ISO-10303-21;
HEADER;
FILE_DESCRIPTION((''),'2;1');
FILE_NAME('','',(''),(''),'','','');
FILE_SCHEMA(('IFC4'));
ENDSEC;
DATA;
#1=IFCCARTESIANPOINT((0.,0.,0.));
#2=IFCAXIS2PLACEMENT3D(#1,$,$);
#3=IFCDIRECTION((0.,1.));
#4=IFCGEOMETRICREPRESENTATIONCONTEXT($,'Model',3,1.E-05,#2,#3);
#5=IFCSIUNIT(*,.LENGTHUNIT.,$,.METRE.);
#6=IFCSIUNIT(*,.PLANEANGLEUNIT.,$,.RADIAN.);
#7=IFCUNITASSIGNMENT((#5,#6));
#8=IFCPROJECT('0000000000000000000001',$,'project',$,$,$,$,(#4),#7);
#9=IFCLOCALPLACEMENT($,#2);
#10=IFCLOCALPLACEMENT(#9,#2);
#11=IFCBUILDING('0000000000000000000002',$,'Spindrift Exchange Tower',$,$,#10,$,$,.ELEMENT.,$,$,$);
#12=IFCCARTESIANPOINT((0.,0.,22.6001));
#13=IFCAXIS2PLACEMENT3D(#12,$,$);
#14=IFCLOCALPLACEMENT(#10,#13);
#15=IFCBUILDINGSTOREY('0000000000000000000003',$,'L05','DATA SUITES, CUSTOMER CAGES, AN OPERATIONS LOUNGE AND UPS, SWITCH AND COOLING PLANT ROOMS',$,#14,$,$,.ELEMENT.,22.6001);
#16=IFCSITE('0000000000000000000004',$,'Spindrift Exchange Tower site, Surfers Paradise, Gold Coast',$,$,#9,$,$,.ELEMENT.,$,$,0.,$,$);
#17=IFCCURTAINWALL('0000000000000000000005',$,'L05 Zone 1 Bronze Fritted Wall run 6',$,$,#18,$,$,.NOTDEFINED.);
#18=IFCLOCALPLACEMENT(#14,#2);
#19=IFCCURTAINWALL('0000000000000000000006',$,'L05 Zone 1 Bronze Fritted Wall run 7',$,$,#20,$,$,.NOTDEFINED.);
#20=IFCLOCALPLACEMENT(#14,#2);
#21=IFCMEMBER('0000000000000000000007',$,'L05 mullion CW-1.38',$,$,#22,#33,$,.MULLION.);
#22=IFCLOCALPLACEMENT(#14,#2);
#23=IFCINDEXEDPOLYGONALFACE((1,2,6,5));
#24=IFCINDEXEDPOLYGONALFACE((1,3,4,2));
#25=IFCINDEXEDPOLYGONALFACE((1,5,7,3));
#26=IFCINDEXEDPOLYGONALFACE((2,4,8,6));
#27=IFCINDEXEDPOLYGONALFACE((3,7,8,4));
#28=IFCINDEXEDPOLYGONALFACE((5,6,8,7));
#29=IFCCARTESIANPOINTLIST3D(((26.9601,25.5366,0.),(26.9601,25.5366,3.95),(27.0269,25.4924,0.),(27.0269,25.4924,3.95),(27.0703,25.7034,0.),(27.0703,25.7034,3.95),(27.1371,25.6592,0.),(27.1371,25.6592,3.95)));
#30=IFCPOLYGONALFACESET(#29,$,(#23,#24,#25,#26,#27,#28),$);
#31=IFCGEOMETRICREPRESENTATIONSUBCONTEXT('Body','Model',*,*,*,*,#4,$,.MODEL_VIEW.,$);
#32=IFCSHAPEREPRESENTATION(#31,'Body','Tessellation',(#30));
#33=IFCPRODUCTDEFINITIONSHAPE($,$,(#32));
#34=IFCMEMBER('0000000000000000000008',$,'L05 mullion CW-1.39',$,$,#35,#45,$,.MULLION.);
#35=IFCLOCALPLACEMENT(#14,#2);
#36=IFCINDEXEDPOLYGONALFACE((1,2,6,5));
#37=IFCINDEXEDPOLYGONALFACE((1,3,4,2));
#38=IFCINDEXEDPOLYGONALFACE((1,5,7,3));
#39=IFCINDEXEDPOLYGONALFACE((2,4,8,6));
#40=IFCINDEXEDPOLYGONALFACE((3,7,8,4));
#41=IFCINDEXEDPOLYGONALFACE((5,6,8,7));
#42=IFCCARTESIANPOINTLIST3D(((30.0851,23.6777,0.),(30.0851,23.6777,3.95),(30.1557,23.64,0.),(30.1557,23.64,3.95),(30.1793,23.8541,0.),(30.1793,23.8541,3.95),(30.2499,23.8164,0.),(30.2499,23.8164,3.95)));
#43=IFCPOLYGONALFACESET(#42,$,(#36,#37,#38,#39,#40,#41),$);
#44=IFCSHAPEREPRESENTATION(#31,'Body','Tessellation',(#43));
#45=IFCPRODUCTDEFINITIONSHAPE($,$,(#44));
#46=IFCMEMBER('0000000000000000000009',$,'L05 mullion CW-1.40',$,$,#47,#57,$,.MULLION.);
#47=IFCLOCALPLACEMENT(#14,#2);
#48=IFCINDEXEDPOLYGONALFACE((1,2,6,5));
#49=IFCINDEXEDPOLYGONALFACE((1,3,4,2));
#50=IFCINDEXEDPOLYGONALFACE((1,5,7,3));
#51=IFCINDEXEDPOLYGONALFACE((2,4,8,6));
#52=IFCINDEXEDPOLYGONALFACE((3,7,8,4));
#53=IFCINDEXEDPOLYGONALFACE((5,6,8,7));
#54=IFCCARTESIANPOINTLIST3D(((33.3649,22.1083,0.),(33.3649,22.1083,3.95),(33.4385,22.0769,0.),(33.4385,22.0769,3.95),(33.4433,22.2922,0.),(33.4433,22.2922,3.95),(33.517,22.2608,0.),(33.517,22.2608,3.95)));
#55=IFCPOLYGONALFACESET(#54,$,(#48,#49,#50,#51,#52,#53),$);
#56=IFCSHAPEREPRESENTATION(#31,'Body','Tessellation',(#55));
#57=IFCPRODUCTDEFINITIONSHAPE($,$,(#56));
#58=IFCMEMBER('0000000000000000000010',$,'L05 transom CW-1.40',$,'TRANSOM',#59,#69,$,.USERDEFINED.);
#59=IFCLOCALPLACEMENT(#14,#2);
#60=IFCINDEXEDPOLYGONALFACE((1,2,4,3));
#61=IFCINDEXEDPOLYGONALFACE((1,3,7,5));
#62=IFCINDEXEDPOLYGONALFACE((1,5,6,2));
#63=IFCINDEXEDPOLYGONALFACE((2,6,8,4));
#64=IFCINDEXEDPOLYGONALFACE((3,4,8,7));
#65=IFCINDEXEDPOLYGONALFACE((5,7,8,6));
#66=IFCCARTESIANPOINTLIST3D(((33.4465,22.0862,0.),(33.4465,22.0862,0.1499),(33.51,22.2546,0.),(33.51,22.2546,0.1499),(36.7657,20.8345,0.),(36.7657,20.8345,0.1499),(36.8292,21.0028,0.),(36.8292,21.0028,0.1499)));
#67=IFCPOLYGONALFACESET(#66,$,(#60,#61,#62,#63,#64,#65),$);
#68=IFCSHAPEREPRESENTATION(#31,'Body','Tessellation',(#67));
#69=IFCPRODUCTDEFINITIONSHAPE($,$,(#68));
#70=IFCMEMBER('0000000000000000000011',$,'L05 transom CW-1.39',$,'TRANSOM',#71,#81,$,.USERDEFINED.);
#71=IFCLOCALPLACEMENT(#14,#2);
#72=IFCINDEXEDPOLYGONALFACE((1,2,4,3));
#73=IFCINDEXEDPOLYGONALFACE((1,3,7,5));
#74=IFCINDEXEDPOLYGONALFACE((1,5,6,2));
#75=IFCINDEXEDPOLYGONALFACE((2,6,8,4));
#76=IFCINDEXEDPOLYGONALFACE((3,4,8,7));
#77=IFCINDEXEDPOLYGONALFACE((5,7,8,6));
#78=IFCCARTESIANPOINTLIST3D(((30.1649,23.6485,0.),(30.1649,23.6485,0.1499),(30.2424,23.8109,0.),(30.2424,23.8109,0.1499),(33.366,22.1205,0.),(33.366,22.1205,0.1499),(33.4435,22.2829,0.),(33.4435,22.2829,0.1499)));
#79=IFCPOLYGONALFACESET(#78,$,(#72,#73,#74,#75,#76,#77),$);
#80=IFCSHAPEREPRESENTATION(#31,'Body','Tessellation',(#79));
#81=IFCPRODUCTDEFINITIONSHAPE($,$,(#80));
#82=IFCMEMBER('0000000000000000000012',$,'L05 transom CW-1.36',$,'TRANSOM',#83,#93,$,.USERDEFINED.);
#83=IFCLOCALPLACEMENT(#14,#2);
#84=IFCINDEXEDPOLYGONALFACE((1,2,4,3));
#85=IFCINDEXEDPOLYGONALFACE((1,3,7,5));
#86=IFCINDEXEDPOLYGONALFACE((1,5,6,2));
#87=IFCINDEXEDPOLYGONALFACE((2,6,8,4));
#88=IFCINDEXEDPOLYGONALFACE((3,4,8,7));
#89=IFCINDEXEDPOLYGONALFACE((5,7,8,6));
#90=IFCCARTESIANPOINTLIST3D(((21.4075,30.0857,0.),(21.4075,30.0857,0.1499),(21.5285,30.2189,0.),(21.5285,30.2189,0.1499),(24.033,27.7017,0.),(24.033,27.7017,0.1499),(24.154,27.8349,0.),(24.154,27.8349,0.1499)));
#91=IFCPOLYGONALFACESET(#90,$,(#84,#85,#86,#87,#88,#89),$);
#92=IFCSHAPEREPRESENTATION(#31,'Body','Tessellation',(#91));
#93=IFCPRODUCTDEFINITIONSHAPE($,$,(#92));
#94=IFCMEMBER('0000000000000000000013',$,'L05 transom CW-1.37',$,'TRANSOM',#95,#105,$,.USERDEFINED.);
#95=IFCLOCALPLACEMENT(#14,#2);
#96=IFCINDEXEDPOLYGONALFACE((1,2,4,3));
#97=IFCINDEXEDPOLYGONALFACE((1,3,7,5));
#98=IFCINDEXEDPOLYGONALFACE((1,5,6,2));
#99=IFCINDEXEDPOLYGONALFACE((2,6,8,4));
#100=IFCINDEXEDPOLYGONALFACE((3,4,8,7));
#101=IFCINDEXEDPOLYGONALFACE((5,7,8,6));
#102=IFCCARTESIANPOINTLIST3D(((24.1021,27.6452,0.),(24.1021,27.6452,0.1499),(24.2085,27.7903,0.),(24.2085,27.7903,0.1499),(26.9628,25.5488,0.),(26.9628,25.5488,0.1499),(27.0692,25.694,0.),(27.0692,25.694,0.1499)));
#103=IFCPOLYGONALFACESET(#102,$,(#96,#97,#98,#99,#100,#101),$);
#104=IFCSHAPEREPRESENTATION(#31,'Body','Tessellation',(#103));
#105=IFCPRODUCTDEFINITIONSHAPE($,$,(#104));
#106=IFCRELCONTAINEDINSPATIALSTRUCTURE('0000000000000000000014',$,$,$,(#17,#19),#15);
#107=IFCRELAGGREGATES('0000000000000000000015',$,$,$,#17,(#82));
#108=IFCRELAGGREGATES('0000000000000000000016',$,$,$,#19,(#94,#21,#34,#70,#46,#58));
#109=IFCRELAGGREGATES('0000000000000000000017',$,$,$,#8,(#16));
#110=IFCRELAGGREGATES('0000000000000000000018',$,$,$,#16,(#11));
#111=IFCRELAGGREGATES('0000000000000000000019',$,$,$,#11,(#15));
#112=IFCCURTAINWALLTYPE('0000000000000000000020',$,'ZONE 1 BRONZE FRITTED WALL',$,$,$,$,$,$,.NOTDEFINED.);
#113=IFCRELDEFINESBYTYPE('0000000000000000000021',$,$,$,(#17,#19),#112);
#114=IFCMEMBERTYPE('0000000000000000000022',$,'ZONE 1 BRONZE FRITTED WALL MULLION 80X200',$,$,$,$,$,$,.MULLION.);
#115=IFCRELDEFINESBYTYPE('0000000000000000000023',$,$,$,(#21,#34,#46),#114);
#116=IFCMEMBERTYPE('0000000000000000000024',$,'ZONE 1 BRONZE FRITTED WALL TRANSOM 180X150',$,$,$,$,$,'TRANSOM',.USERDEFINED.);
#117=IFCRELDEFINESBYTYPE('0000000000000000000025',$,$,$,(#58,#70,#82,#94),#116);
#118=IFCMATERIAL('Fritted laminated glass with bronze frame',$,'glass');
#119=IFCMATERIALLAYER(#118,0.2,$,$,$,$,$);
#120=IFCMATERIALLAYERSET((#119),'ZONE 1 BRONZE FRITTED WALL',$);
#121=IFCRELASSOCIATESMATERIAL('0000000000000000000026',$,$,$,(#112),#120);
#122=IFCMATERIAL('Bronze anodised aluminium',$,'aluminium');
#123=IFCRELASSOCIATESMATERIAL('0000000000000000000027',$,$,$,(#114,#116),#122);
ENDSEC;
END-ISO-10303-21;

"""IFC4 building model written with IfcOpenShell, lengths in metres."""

from ifc_helpers import new_model, si_unit, direction, frame, origin, origin_2d, place, context, subcontext, project, spatial, rectangle, extrude, source, transform, mapped, material, layer, layer_set, material_profile, profile_set, type_object, element, aggregate, save


model = new_model("IFC4")

# Units and contexts
model_context = context("Model", 3, precision=1e-05, world=origin(), true_north=direction((0.0, 1.0)))
body_context = subcontext(model_context, "Body", "Model", "MODEL_VIEW")
ifc_project = project(units=[si_unit("LENGTHUNIT", "METRE"), si_unit("PLANEANGLEUNIT", "RADIAN")], contexts=[model_context])

# Site, building, storey
site_placement = place(None, origin())
site = spatial("IfcSite", under=ifc_project, at=site_placement, Name="Spindrift Exchange Tower site, Surfers Paradise, Gold Coast", CompositionType="ELEMENT", RefElevation=0.0)
building_placement = place(site_placement, origin())
building = spatial("IfcBuilding", under=site, at=building_placement, Name="Spindrift Exchange Tower", CompositionType="ELEMENT")
storey_placement = place(building_placement, frame((0.0, 0.0, 22.6001)))
storey = spatial("IfcBuildingStorey", under=building, at=storey_placement, Name="L05", Description="DATA SUITES, CUSTOMER CAGES, AN OPERATIONS LOUNGE AND UPS, SWITCH AND COOLING PLANT ROOMS", CompositionType="ELEMENT", Elevation=22.6001)

# Curtain walls, members
ifc_material_1 = material(Name="Fritted laminated glass with bronze frame", Category="glass")
ifc_layer_1 = layer(ifc_material_1, 0.2)
ifc_layer_set_1 = layer_set([ifc_layer_1], Name="ZONE 1 BRONZE FRITTED WALL")
curtain_wall_type = type_object("IfcCurtainWallType", Name="ZONE 1 BRONZE FRITTED WALL", PredefinedType="NOTDEFINED", material=ifc_layer_set_1)
curtain_wall_1_placement = place(storey_placement, origin())
curtain_wall_1 = element("IfcCurtainWall", 1, at=curtain_wall_1_placement, inside=storey, type_object=curtain_wall_type, Name="L05 Zone 1 Bronze Fritted Wall run 6", PredefinedType="NOTDEFINED")
ifc_material_2 = material(Name="Bronze anodised aluminium", Category="aluminium")
ifc_material_profile_1 = material_profile(ifc_material_2, rectangle(XDim=0.0801, YDim=0.2, at=origin_2d()), Name="ZONE 1 BRONZE FRITTED WALL MULLION 80X200")
ifc_profile_set_1 = profile_set([ifc_material_profile_1], Name="Bronze anodised aluminium")
member_type_1 = type_object("IfcMemberType", Name="ZONE 1 BRONZE FRITTED WALL MULLION 80X200", PredefinedType="MULLION", material=ifc_profile_set_1)
shared_shape_1 = source(origin(), body_context, "Body", "SweptSolid", [
    extrude(rectangle(XDim=0.0801, YDim=0.2, at=origin_2d()), origin(), (0.0, 0.0, 1.0), 3.95),
])
curtain_wall_2_placement = place(storey_placement, origin())
curtain_wall_2 = element("IfcCurtainWall", 2, at=curtain_wall_2_placement, inside=storey, type_object=curtain_wall_type, Name="L05 Zone 1 Bronze Fritted Wall run 7", PredefinedType="NOTDEFINED")
member_1_placement = place(storey_placement, frame((27.0486, 25.5979, 0.0), z_axis=(0.0, 0.0, 1.0), x_axis=(0.834296, -0.551317, 0.0)))
member_1 = element("IfcMember", 3, at=member_1_placement, type_object=member_type_1, Name="L05 mullion CW-1.38", PredefinedType="MULLION", context=body_context, shape_type="MappedRepresentation", body=[
    mapped(shared_shape_1, transform((0.0, 0.0, 0.0), scale=1.0)),
])
member_2_placement = place(storey_placement, frame((30.1675, 23.7471, 0.0), z_axis=(0.0, 0.0, 1.0), x_axis=(0.882122, -0.471021, 0.0)))
member_2 = element("IfcMember", 4, at=member_2_placement, type_object=member_type_1, Name="L05 mullion CW-1.39", PredefinedType="MULLION", context=body_context, shape_type="MappedRepresentation", body=[
    mapped(shared_shape_1, transform((0.0, 0.0, 0.0), scale=1.0)),
])
member_3_placement = place(storey_placement, frame((33.4409, 22.1846, 0.0), z_axis=(0.0, 0.0, 1.0), x_axis=(0.919884, -0.39219, 0.0)))
member_3 = element("IfcMember", 5, at=member_3_placement, type_object=member_type_1, Name="L05 mullion CW-1.40", PredefinedType="MULLION", context=body_context, shape_type="MappedRepresentation", body=[
    mapped(shared_shape_1, transform((0.0, 0.0, 0.0), scale=1.0)),
])
ifc_material_profile_2 = material_profile(ifc_material_2, rectangle(XDim=0.1799, YDim=0.1499, at=origin_2d()), Name="ZONE 1 BRONZE FRITTED WALL TRANSOM 180X150")
ifc_profile_set_2 = profile_set([ifc_material_profile_2], Name="Bronze anodised aluminium")
member_type_2 = type_object("IfcMemberType", Name="ZONE 1 BRONZE FRITTED WALL TRANSOM 180X150", ElementType="TRANSOM", PredefinedType="USERDEFINED", material=ifc_profile_set_2)
shared_shape_2 = source(origin(), body_context, "Body", "SweptSolid", [
    extrude(rectangle(XDim=0.1799, YDim=0.1499, at=origin_2d()), origin(), (0.0, 0.0, 1.0), 3.5474),
])
member_4_placement = place(storey_placement, frame((33.4783, 22.1704, 0.075), z_axis=(0.935674, -0.352865, 0.0), x_axis=(0.352865, 0.935674, 0.0)))
member_4 = element("IfcMember", 6, at=member_4_placement, type_object=member_type_2, Name="L05 transom CW-1.40", ObjectType="TRANSOM", PredefinedType="USERDEFINED", context=body_context, shape_type="MappedRepresentation", body=[
    mapped(shared_shape_2, transform((0.0, 0.0, 0.0), scale=1.0)),
])
shared_shape_3 = source(origin(), body_context, "Body", "SweptSolid", [
    extrude(rectangle(XDim=0.1799, YDim=0.1499, at=origin_2d()), origin(), (0.0, 0.0, 1.0), 3.5471),
])
member_5_placement = place(storey_placement, frame((30.2036, 23.7297, 0.075), z_axis=(0.902454, -0.430786, 0.0), x_axis=(0.430786, 0.902454, 0.0)))
member_5 = element("IfcMember", 7, at=member_5_placement, type_object=member_type_2, Name="L05 transom CW-1.39", ObjectType="TRANSOM", PredefinedType="USERDEFINED", context=body_context, shape_type="MappedRepresentation", body=[
    mapped(shared_shape_3, transform((0.0, 0.0, 0.0), scale=1.0)),
])

# Members
shared_shape_4 = source(origin(), body_context, "Body", "SweptSolid", [
    extrude(rectangle(XDim=0.1799, YDim=0.1499, at=origin_2d()), origin(), (0.0, 0.0, 1.0), 3.5464),
])
member_6_placement = place(storey_placement, frame((21.468, 30.1523, 0.075), z_axis=(0.740329, -0.672244, 0.0), x_axis=(0.672244, 0.740329, 0.0)))
member_6 = element("IfcMember", 8, at=member_6_placement, type_object=member_type_2, Name="L05 transom CW-1.36", ObjectType="TRANSOM", PredefinedType="USERDEFINED", context=body_context, shape_type="MappedRepresentation", body=[
    mapped(shared_shape_4, transform((0.0, 0.0, 0.0), scale=1.0)),
])
shared_shape_5 = source(origin(), body_context, "Body", "SweptSolid", [
    extrude(rectangle(XDim=0.1799, YDim=0.1499, at=origin_2d()), origin(), (0.0, 0.0, 1.0), 3.5466),
])
member_7_placement = place(storey_placement, frame((24.1553, 27.7178, 0.075), z_axis=(0.806608, -0.591086, 0.0), x_axis=(0.591086, 0.806608, 0.0)))
member_7 = element("IfcMember", 9, at=member_7_placement, type_object=member_type_2, Name="L05 transom CW-1.37", ObjectType="TRANSOM", PredefinedType="USERDEFINED", context=body_context, shape_type="MappedRepresentation", body=[
    mapped(shared_shape_5, transform((0.0, 0.0, 0.0), scale=1.0)),
])

aggregate(curtain_wall_1, [member_6])
aggregate(curtain_wall_2, [member_7, member_1, member_2, member_5, member_3, member_4])

save(model, "model.ifc")
